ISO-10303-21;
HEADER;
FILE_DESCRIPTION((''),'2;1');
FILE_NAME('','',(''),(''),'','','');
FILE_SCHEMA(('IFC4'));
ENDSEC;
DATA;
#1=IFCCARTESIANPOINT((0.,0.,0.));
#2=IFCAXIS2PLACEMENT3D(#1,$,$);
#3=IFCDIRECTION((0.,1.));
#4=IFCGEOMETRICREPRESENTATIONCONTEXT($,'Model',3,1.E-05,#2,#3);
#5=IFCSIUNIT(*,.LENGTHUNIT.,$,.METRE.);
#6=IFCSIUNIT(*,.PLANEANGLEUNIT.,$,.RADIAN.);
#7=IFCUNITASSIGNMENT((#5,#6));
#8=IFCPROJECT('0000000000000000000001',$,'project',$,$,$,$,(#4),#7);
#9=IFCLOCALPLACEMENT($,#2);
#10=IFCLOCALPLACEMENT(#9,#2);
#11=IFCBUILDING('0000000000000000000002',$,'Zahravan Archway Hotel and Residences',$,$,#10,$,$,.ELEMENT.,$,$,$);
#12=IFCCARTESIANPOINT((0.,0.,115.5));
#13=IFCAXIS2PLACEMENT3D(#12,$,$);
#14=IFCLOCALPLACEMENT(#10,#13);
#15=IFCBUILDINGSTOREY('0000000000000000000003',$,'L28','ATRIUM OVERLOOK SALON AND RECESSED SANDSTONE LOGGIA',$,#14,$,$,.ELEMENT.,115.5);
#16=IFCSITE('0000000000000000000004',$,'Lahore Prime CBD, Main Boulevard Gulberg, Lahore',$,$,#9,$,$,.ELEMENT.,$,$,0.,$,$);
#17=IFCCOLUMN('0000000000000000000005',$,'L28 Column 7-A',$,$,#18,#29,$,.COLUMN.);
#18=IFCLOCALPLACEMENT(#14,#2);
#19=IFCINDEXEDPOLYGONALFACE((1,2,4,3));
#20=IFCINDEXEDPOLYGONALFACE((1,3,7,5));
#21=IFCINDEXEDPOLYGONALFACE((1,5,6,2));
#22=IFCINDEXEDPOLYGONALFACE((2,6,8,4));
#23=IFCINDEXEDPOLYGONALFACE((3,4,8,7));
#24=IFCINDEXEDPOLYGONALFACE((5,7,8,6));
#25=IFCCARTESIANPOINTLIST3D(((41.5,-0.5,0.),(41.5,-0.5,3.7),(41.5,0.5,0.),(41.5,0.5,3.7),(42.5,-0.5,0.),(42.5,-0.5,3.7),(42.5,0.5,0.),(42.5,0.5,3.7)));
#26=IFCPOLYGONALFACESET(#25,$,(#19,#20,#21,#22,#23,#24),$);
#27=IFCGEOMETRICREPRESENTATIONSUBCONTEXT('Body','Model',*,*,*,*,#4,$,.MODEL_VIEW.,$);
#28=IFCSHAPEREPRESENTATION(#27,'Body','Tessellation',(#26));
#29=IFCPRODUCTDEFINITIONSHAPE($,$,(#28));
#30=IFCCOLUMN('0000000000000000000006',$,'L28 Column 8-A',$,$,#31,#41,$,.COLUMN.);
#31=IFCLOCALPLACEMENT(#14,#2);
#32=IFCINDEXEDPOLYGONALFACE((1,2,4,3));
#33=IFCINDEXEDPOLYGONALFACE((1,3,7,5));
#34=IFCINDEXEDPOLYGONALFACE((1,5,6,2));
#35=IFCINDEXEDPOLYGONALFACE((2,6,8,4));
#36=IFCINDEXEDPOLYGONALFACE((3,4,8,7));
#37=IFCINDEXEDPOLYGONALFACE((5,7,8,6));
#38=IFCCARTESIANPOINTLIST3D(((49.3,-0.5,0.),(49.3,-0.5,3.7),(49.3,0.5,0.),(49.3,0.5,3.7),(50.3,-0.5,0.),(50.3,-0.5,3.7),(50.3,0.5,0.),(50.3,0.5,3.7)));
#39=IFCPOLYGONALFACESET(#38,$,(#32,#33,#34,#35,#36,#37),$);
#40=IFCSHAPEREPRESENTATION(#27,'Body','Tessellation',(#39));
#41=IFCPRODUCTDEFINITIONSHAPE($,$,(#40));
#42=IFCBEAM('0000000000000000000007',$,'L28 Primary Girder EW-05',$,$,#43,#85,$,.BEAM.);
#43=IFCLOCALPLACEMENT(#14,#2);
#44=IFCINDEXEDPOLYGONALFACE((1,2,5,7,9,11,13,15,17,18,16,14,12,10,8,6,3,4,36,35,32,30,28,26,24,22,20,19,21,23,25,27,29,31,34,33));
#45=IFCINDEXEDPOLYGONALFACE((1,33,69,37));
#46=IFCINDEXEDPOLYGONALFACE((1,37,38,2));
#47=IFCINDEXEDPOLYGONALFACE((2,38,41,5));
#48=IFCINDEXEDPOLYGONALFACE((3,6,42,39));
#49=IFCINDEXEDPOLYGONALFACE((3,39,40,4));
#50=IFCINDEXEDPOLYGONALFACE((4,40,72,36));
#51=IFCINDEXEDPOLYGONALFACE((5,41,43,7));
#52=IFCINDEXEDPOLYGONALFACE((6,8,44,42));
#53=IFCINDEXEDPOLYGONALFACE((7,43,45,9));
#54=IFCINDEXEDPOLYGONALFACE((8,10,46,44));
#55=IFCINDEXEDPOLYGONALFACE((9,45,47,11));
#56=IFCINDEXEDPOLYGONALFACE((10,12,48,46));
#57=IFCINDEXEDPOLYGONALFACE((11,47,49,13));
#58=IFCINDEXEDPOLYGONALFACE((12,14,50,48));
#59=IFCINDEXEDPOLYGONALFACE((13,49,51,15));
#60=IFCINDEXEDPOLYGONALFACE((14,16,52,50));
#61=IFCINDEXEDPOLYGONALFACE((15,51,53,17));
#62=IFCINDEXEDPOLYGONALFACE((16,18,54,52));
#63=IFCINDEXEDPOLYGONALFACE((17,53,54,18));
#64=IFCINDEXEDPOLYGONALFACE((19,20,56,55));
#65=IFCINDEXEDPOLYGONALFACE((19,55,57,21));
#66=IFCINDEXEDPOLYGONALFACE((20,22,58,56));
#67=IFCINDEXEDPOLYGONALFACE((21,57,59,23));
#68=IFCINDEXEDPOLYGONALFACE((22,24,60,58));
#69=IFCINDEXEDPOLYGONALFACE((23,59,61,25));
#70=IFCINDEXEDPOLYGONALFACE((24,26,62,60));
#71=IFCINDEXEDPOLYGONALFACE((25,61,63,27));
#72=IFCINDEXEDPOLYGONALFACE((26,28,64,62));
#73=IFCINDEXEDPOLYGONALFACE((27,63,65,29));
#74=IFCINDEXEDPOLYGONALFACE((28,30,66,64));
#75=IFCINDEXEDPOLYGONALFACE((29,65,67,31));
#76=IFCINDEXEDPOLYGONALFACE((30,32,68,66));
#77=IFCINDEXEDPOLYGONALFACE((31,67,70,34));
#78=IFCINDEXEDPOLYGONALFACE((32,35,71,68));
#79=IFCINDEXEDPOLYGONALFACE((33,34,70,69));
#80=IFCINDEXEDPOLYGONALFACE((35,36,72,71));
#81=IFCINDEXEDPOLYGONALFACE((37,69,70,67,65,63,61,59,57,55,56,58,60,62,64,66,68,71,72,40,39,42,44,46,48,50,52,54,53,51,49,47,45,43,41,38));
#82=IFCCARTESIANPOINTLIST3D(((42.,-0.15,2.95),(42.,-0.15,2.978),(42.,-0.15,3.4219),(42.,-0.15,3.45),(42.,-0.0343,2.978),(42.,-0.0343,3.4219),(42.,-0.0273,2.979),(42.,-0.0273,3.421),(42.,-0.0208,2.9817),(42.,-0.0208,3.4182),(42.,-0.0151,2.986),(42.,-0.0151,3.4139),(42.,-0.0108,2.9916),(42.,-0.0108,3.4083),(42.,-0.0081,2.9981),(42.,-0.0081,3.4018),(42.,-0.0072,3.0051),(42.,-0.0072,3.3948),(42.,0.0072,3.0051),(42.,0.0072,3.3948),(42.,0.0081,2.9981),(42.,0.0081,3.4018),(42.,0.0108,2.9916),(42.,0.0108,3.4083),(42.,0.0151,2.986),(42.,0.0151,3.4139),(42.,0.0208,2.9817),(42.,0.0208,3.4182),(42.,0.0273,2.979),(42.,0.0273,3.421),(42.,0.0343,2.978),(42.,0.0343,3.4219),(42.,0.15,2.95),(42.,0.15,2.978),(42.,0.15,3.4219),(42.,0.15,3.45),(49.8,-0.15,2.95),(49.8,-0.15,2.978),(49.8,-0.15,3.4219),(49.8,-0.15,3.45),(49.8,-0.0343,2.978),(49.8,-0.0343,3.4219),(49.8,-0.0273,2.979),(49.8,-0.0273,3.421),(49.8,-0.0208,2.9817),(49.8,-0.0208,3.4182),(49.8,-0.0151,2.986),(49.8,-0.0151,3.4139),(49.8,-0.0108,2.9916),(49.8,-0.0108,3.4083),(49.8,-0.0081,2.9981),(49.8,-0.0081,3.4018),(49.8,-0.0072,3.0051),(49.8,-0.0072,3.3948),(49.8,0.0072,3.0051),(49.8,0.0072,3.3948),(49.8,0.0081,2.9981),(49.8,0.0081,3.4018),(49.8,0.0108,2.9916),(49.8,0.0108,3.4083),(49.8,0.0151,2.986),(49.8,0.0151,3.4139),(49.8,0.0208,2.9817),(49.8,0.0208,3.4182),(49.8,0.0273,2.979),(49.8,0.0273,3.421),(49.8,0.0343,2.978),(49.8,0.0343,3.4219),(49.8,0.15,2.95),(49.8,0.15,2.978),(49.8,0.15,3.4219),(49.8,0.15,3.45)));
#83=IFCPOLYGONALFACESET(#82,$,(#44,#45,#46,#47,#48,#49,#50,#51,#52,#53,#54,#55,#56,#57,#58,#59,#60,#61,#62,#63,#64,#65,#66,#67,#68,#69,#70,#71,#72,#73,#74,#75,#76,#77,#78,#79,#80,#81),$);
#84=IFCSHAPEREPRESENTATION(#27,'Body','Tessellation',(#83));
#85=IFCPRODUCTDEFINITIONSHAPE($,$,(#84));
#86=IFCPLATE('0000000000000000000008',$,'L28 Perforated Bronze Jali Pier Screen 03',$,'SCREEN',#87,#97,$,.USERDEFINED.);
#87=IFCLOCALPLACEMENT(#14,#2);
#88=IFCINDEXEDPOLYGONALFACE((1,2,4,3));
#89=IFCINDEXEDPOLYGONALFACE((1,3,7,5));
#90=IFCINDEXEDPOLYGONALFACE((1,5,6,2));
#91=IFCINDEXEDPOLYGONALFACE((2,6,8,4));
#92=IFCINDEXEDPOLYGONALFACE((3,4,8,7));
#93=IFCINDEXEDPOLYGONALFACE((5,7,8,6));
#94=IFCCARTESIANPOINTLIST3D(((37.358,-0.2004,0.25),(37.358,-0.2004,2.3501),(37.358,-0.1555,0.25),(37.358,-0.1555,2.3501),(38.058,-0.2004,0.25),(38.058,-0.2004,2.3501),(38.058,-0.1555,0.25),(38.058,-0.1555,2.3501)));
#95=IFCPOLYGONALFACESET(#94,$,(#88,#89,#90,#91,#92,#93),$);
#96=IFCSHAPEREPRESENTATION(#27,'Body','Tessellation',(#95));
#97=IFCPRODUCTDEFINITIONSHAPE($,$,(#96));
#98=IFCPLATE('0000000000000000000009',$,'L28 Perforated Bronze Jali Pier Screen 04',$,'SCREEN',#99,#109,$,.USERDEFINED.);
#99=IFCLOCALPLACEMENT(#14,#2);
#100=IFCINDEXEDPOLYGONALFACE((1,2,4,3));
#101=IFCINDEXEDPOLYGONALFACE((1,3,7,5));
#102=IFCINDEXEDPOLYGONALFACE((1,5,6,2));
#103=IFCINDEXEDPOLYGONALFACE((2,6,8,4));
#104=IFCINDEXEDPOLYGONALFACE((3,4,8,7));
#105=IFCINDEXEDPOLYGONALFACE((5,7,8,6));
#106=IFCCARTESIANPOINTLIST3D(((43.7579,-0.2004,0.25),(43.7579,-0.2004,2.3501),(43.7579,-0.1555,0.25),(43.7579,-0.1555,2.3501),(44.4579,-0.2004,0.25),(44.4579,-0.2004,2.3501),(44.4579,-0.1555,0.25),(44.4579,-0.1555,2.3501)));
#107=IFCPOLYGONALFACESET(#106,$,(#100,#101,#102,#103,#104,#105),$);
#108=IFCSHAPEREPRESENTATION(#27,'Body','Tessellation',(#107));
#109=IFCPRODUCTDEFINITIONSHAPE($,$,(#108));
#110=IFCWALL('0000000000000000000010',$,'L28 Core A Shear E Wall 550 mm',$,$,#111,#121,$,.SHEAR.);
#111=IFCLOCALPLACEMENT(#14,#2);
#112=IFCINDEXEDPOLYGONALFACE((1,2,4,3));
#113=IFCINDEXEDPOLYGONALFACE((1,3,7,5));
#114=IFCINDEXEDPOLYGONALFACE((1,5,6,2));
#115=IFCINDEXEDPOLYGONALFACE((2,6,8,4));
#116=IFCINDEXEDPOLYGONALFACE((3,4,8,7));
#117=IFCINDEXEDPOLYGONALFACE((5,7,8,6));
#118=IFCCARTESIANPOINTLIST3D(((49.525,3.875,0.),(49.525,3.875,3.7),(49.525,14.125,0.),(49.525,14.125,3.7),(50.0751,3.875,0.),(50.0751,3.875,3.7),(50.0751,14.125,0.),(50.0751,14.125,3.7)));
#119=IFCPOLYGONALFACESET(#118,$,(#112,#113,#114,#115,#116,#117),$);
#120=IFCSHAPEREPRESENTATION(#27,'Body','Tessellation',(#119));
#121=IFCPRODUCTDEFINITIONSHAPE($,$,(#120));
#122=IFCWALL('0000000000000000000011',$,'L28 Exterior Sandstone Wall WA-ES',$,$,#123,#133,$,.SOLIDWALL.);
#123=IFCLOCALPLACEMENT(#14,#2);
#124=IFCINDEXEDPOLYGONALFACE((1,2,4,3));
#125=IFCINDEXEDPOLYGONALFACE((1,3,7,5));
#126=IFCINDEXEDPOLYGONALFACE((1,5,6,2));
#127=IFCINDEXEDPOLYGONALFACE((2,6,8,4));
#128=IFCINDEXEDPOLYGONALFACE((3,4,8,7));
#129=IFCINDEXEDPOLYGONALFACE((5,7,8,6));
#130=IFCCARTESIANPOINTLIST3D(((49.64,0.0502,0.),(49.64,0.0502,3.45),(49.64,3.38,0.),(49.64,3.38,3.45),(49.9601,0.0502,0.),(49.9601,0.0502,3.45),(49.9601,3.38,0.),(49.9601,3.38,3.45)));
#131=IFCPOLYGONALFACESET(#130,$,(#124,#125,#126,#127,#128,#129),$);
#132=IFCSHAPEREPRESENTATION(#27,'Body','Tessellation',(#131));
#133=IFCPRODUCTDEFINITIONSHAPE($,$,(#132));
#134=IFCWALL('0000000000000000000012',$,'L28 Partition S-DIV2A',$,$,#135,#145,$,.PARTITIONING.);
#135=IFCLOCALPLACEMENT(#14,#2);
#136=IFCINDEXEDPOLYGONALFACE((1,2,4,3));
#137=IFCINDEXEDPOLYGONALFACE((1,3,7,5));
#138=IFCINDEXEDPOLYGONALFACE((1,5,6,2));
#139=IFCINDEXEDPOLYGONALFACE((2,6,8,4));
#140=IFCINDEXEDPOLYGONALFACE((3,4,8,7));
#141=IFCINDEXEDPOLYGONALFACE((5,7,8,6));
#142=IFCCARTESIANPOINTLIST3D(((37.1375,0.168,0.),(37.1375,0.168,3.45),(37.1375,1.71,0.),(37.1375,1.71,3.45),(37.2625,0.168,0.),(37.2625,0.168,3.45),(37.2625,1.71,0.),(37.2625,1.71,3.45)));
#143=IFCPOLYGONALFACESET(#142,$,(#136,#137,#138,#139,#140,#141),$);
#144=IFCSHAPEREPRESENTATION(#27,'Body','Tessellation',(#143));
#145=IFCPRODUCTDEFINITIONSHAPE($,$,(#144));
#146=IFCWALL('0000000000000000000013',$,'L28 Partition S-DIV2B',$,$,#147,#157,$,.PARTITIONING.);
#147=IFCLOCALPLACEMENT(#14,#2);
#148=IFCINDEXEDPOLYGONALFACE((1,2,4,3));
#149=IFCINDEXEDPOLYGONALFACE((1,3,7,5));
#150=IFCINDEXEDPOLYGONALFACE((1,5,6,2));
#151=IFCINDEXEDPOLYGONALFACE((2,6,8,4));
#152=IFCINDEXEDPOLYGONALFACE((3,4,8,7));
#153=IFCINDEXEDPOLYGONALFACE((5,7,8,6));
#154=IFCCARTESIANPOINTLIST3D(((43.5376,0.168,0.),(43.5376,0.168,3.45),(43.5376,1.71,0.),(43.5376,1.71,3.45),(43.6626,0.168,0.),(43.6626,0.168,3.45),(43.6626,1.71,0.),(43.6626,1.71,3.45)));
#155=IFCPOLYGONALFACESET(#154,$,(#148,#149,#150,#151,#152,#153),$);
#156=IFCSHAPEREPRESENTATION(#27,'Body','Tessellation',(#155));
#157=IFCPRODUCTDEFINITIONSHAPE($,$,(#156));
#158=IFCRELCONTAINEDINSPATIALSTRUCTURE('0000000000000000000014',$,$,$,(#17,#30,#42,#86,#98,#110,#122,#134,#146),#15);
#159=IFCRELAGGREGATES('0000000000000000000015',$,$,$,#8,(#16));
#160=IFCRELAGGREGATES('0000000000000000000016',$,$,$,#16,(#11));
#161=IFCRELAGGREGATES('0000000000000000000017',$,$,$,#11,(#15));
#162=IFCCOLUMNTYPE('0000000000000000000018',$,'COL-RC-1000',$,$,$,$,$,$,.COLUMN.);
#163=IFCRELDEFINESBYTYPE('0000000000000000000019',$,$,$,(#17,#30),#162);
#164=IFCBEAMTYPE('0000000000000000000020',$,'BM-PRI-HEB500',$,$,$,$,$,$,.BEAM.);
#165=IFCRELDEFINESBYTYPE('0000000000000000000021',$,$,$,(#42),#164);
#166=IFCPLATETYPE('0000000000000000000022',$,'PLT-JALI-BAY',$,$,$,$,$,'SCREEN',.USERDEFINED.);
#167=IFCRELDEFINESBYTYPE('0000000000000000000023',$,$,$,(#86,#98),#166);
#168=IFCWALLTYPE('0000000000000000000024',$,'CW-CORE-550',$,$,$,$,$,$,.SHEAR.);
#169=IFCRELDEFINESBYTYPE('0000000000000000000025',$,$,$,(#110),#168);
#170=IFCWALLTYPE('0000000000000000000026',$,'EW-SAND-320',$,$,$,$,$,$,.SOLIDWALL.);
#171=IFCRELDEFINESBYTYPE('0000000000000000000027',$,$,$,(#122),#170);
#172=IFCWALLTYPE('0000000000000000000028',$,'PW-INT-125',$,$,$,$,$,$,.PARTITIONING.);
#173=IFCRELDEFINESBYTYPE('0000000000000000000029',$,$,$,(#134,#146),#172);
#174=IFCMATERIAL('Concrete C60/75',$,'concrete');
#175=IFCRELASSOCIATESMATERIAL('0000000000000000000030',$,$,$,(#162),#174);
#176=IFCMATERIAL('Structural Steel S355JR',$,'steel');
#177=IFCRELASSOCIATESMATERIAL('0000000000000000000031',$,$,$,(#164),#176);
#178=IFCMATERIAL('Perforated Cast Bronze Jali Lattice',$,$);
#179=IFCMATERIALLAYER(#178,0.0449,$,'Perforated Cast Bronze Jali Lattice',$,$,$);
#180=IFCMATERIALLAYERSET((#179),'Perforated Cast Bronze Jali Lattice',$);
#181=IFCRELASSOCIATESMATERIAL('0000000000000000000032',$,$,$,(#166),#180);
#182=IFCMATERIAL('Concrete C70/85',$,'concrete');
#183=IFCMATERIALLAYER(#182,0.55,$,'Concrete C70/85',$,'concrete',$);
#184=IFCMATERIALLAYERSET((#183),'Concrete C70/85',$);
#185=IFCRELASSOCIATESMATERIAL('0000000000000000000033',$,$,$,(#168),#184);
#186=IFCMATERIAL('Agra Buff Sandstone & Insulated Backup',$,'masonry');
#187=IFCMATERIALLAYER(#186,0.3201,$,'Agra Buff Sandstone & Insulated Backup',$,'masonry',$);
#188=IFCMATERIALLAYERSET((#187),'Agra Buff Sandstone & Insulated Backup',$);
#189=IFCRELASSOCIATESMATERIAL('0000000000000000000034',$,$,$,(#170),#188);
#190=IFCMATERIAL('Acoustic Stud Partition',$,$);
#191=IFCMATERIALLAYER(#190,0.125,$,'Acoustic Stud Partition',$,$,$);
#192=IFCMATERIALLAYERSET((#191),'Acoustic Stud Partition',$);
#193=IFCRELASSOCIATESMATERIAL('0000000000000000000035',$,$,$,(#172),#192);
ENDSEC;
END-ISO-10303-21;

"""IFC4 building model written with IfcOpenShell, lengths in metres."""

from ifc_helpers import new_model, si_unit, direction, frame, frame_2d, origin, origin_2d, place, context, subcontext, project, spatial, rectangle, i_section, extrude, source, transform, mapped, material, layer, layer_set, material_profile, profile_set, type_object, type_shapes, element, save


model = new_model("IFC4")

# Units and contexts
model_context = context("Model", 3, precision=1e-05, world=origin(), true_north=direction((0.0, 1.0)))
body_context = subcontext(model_context, "Body", "Model", "MODEL_VIEW")
ifc_project = project(units=[si_unit("LENGTHUNIT", "METRE"), si_unit("PLANEANGLEUNIT", "RADIAN")], contexts=[model_context])

# Site, building, storey
site_placement = place(None, origin())
site = spatial("IfcSite", under=ifc_project, at=site_placement, Name="Lahore Prime CBD, Main Boulevard Gulberg, Lahore", CompositionType="ELEMENT", RefElevation=0.0)
building_placement = place(site_placement, origin())
building = spatial("IfcBuilding", under=site, at=building_placement, Name="Zahravan Archway Hotel and Residences", CompositionType="ELEMENT")
storey_placement = place(building_placement, frame((0.0, 0.0, 115.5)))
storey = spatial("IfcBuildingStorey", under=building, at=storey_placement, Name="L28", Description="ATRIUM OVERLOOK SALON AND RECESSED SANDSTONE LOGGIA", CompositionType="ELEMENT", Elevation=115.5)

# Columns
ifc_material_1 = material(Name="Concrete C60/75", Category="concrete")
ifc_material_profile_1 = material_profile(ifc_material_1, rectangle(XDim=1.0, YDim=1.0, at=origin_2d()), Name="RC-COL-1000x1000", Category="concrete")
ifc_profile_set_1 = profile_set([ifc_material_profile_1], Name="Concrete C60/75")
column_type = type_object("IfcColumnType", Name="COL-RC-1000", PredefinedType="COLUMN", material=ifc_profile_set_1)
shared_shape_1 = source(origin(), body_context, "Body", "SweptSolid", [
    extrude(rectangle(XDim=1.0, YDim=1.0, at=origin_2d()), origin(), (0.0, 0.0, 1.0), 3.7),
])
type_shapes(column_type, [shared_shape_1])
for number, where, z_axis, x_axis, name in (
    (1, (42.0, 0.0, 0.0), (0.0, 0.0, 1.0), (1.0, 0.0, 0.0), "L28 Column 7-A"),
    (2, (49.8, 0.0, 0.0), (0.0, 0.0, 1.0), (1.0, 0.0, 0.0), "L28 Column 8-A"),
):
    element("IfcColumn", number, at=place(storey_placement, frame(where, z_axis=z_axis, x_axis=x_axis)), inside=storey, type_object=column_type, Name=name, PredefinedType="COLUMN", context=body_context, shape_type="MappedRepresentation", body=[
        mapped(shared_shape_1, transform((0.0, 0.0, 0.0), scale=1.0)),
    ])

# Beam
ifc_material_2 = material(Name="Structural Steel S355JR", Category="steel")
ifc_material_profile_2 = material_profile(ifc_material_2, i_section(OverallWidth=0.3, OverallDepth=0.5, WebThickness=0.0144, FlangeThickness=0.0281, FilletRadius=0.0271, at=origin_2d()), Name="HEB 500", Category="steel")
ifc_profile_set_2 = profile_set([ifc_material_profile_2], Name="Structural Steel S355JR")
beam_type = type_object("IfcBeamType", Name="BM-PRI-HEB500", PredefinedType="BEAM", material=ifc_profile_set_2)
shared_shape_2 = source(origin(), body_context, "Body", "SweptSolid", [
    extrude(i_section(OverallWidth=0.3, OverallDepth=0.5, WebThickness=0.0144, FlangeThickness=0.0281, FilletRadius=0.0271, at=origin_2d()), origin(), (0.0, 0.0, 1.0), 7.8),
])
beam_placement = place(storey_placement, frame((42.0, 0.0, 3.2), z_axis=(1.0, 0.0, 0.0), x_axis=(0.0, 1.0, 0.0)))
element("IfcBeam", 3, at=beam_placement, inside=storey, type_object=beam_type, Name="L28 Primary Girder EW-05", PredefinedType="BEAM", context=body_context, shape_type="MappedRepresentation", body=[
    mapped(shared_shape_2, transform((0.0, 0.0, 0.0), scale=1.0)),
])

# Plates
ifc_material_3 = material(Name="Perforated Cast Bronze Jali Lattice")
ifc_layer_1 = layer(ifc_material_3, 0.0449, Name="Perforated Cast Bronze Jali Lattice")
ifc_layer_set_1 = layer_set([ifc_layer_1], Name="Perforated Cast Bronze Jali Lattice")
plate_type = type_object("IfcPlateType", Name="PLT-JALI-BAY", ElementType="SCREEN", PredefinedType="USERDEFINED", material=ifc_layer_set_1)
shared_shape_3 = source(origin(), body_context, "Body", "SweptSolid", [
    extrude(rectangle(XDim=0.7, YDim=0.0449, at=origin_2d()), origin(), (0.0, 0.0, 1.0), 2.1001),
])
type_shapes(plate_type, [shared_shape_3])
for number, where, z_axis, x_axis, name in (
    (4, (37.708, -0.178, 0.25), (0.0, 0.0, 1.0), (1.0, 0.0, 0.0), "L28 Perforated Bronze Jali Pier Screen 03"),
    (5, (44.1079, -0.178, 0.25), (0.0, 0.0, 1.0), (1.0, 0.0, 0.0), "L28 Perforated Bronze Jali Pier Screen 04"),
):
    element("IfcPlate", number, at=place(storey_placement, frame(where, z_axis=z_axis, x_axis=x_axis)), inside=storey, type_object=plate_type, Name=name, ObjectType="SCREEN", PredefinedType="USERDEFINED", context=body_context, shape_type="MappedRepresentation", body=[
        mapped(shared_shape_3, transform((0.0, 0.0, 0.0), scale=1.0)),
    ])

# Walls
ifc_material_4 = material(Name="Concrete C70/85", Category="concrete")
ifc_layer_2 = layer(ifc_material_4, 0.55, Name="Concrete C70/85", Category="concrete")
ifc_layer_set_2 = layer_set([ifc_layer_2], Name="Concrete C70/85")
wall_type_1 = type_object("IfcWallType", Name="CW-CORE-550", PredefinedType="SHEAR", material=ifc_layer_set_2)
wall_1_placement = place(storey_placement, frame((49.8, 3.875, 0.0), z_axis=(0.0, 0.0, 1.0), x_axis=(0.0, 1.0, 0.0)))
element("IfcWall", 6, at=wall_1_placement, inside=storey, type_object=wall_type_1, Name="L28 Core A Shear E Wall 550 mm", PredefinedType="SHEAR", context=body_context, shape_type="SweptSolid", body=[
    extrude(rectangle(XDim=10.25, YDim=0.55, at=frame_2d((5.125, 0.0))), origin(), (0.0, 0.0, 1.0), 3.7),
])
ifc_material_5 = material(Name="Agra Buff Sandstone & Insulated Backup", Category="masonry")
ifc_layer_3 = layer(ifc_material_5, 0.3201, Name="Agra Buff Sandstone & Insulated Backup", Category="masonry")
ifc_layer_set_3 = layer_set([ifc_layer_3], Name="Agra Buff Sandstone & Insulated Backup")
wall_type_2 = type_object("IfcWallType", Name="EW-SAND-320", PredefinedType="SOLIDWALL", material=ifc_layer_set_3)
wall_2_placement = place(storey_placement, frame((49.8, 0.05, 0.0), z_axis=(0.0, 0.0, 1.0), x_axis=(0.0, 1.0, 0.0)))
element("IfcWall", 7, at=wall_2_placement, inside=storey, type_object=wall_type_2, Name="L28 Exterior Sandstone Wall WA-ES", PredefinedType="SOLIDWALL", context=body_context, shape_type="SweptSolid", body=[
    extrude(rectangle(XDim=3.3298, YDim=0.3201, at=frame_2d((1.665, 0.0))), origin(), (0.0, 0.0, 1.0), 3.45),
])
ifc_material_6 = material(Name="Acoustic Stud Partition")
ifc_layer_4 = layer(ifc_material_6, 0.125, Name="Acoustic Stud Partition")
ifc_layer_set_4 = layer_set([ifc_layer_4], Name="Acoustic Stud Partition")
wall_type_3 = type_object("IfcWallType", Name="PW-INT-125", PredefinedType="PARTITIONING", material=ifc_layer_set_4)
for number, where, z_axis, x_axis, name in (
    (8, (37.2, 0.168, 0.0), (0.0, 0.0, 1.0), (0.0, 1.0, 0.0), "L28 Partition S-DIV2A"),
    (9, (43.6001, 0.168, 0.0), (0.0, 0.0, 1.0), (0.0, 1.0, 0.0), "L28 Partition S-DIV2B"),
):
    element("IfcWall", number, at=place(storey_placement, frame(where, z_axis=z_axis, x_axis=x_axis)), inside=storey, type_object=wall_type_3, Name=name, PredefinedType="PARTITIONING", context=body_context, shape_type="SweptSolid", body=[
        extrude(rectangle(XDim=1.542, YDim=0.125, at=frame_2d((0.771, 0.0))), origin(), (0.0, 0.0, 1.0), 3.45),
    ])

save(model, "model.ifc")
